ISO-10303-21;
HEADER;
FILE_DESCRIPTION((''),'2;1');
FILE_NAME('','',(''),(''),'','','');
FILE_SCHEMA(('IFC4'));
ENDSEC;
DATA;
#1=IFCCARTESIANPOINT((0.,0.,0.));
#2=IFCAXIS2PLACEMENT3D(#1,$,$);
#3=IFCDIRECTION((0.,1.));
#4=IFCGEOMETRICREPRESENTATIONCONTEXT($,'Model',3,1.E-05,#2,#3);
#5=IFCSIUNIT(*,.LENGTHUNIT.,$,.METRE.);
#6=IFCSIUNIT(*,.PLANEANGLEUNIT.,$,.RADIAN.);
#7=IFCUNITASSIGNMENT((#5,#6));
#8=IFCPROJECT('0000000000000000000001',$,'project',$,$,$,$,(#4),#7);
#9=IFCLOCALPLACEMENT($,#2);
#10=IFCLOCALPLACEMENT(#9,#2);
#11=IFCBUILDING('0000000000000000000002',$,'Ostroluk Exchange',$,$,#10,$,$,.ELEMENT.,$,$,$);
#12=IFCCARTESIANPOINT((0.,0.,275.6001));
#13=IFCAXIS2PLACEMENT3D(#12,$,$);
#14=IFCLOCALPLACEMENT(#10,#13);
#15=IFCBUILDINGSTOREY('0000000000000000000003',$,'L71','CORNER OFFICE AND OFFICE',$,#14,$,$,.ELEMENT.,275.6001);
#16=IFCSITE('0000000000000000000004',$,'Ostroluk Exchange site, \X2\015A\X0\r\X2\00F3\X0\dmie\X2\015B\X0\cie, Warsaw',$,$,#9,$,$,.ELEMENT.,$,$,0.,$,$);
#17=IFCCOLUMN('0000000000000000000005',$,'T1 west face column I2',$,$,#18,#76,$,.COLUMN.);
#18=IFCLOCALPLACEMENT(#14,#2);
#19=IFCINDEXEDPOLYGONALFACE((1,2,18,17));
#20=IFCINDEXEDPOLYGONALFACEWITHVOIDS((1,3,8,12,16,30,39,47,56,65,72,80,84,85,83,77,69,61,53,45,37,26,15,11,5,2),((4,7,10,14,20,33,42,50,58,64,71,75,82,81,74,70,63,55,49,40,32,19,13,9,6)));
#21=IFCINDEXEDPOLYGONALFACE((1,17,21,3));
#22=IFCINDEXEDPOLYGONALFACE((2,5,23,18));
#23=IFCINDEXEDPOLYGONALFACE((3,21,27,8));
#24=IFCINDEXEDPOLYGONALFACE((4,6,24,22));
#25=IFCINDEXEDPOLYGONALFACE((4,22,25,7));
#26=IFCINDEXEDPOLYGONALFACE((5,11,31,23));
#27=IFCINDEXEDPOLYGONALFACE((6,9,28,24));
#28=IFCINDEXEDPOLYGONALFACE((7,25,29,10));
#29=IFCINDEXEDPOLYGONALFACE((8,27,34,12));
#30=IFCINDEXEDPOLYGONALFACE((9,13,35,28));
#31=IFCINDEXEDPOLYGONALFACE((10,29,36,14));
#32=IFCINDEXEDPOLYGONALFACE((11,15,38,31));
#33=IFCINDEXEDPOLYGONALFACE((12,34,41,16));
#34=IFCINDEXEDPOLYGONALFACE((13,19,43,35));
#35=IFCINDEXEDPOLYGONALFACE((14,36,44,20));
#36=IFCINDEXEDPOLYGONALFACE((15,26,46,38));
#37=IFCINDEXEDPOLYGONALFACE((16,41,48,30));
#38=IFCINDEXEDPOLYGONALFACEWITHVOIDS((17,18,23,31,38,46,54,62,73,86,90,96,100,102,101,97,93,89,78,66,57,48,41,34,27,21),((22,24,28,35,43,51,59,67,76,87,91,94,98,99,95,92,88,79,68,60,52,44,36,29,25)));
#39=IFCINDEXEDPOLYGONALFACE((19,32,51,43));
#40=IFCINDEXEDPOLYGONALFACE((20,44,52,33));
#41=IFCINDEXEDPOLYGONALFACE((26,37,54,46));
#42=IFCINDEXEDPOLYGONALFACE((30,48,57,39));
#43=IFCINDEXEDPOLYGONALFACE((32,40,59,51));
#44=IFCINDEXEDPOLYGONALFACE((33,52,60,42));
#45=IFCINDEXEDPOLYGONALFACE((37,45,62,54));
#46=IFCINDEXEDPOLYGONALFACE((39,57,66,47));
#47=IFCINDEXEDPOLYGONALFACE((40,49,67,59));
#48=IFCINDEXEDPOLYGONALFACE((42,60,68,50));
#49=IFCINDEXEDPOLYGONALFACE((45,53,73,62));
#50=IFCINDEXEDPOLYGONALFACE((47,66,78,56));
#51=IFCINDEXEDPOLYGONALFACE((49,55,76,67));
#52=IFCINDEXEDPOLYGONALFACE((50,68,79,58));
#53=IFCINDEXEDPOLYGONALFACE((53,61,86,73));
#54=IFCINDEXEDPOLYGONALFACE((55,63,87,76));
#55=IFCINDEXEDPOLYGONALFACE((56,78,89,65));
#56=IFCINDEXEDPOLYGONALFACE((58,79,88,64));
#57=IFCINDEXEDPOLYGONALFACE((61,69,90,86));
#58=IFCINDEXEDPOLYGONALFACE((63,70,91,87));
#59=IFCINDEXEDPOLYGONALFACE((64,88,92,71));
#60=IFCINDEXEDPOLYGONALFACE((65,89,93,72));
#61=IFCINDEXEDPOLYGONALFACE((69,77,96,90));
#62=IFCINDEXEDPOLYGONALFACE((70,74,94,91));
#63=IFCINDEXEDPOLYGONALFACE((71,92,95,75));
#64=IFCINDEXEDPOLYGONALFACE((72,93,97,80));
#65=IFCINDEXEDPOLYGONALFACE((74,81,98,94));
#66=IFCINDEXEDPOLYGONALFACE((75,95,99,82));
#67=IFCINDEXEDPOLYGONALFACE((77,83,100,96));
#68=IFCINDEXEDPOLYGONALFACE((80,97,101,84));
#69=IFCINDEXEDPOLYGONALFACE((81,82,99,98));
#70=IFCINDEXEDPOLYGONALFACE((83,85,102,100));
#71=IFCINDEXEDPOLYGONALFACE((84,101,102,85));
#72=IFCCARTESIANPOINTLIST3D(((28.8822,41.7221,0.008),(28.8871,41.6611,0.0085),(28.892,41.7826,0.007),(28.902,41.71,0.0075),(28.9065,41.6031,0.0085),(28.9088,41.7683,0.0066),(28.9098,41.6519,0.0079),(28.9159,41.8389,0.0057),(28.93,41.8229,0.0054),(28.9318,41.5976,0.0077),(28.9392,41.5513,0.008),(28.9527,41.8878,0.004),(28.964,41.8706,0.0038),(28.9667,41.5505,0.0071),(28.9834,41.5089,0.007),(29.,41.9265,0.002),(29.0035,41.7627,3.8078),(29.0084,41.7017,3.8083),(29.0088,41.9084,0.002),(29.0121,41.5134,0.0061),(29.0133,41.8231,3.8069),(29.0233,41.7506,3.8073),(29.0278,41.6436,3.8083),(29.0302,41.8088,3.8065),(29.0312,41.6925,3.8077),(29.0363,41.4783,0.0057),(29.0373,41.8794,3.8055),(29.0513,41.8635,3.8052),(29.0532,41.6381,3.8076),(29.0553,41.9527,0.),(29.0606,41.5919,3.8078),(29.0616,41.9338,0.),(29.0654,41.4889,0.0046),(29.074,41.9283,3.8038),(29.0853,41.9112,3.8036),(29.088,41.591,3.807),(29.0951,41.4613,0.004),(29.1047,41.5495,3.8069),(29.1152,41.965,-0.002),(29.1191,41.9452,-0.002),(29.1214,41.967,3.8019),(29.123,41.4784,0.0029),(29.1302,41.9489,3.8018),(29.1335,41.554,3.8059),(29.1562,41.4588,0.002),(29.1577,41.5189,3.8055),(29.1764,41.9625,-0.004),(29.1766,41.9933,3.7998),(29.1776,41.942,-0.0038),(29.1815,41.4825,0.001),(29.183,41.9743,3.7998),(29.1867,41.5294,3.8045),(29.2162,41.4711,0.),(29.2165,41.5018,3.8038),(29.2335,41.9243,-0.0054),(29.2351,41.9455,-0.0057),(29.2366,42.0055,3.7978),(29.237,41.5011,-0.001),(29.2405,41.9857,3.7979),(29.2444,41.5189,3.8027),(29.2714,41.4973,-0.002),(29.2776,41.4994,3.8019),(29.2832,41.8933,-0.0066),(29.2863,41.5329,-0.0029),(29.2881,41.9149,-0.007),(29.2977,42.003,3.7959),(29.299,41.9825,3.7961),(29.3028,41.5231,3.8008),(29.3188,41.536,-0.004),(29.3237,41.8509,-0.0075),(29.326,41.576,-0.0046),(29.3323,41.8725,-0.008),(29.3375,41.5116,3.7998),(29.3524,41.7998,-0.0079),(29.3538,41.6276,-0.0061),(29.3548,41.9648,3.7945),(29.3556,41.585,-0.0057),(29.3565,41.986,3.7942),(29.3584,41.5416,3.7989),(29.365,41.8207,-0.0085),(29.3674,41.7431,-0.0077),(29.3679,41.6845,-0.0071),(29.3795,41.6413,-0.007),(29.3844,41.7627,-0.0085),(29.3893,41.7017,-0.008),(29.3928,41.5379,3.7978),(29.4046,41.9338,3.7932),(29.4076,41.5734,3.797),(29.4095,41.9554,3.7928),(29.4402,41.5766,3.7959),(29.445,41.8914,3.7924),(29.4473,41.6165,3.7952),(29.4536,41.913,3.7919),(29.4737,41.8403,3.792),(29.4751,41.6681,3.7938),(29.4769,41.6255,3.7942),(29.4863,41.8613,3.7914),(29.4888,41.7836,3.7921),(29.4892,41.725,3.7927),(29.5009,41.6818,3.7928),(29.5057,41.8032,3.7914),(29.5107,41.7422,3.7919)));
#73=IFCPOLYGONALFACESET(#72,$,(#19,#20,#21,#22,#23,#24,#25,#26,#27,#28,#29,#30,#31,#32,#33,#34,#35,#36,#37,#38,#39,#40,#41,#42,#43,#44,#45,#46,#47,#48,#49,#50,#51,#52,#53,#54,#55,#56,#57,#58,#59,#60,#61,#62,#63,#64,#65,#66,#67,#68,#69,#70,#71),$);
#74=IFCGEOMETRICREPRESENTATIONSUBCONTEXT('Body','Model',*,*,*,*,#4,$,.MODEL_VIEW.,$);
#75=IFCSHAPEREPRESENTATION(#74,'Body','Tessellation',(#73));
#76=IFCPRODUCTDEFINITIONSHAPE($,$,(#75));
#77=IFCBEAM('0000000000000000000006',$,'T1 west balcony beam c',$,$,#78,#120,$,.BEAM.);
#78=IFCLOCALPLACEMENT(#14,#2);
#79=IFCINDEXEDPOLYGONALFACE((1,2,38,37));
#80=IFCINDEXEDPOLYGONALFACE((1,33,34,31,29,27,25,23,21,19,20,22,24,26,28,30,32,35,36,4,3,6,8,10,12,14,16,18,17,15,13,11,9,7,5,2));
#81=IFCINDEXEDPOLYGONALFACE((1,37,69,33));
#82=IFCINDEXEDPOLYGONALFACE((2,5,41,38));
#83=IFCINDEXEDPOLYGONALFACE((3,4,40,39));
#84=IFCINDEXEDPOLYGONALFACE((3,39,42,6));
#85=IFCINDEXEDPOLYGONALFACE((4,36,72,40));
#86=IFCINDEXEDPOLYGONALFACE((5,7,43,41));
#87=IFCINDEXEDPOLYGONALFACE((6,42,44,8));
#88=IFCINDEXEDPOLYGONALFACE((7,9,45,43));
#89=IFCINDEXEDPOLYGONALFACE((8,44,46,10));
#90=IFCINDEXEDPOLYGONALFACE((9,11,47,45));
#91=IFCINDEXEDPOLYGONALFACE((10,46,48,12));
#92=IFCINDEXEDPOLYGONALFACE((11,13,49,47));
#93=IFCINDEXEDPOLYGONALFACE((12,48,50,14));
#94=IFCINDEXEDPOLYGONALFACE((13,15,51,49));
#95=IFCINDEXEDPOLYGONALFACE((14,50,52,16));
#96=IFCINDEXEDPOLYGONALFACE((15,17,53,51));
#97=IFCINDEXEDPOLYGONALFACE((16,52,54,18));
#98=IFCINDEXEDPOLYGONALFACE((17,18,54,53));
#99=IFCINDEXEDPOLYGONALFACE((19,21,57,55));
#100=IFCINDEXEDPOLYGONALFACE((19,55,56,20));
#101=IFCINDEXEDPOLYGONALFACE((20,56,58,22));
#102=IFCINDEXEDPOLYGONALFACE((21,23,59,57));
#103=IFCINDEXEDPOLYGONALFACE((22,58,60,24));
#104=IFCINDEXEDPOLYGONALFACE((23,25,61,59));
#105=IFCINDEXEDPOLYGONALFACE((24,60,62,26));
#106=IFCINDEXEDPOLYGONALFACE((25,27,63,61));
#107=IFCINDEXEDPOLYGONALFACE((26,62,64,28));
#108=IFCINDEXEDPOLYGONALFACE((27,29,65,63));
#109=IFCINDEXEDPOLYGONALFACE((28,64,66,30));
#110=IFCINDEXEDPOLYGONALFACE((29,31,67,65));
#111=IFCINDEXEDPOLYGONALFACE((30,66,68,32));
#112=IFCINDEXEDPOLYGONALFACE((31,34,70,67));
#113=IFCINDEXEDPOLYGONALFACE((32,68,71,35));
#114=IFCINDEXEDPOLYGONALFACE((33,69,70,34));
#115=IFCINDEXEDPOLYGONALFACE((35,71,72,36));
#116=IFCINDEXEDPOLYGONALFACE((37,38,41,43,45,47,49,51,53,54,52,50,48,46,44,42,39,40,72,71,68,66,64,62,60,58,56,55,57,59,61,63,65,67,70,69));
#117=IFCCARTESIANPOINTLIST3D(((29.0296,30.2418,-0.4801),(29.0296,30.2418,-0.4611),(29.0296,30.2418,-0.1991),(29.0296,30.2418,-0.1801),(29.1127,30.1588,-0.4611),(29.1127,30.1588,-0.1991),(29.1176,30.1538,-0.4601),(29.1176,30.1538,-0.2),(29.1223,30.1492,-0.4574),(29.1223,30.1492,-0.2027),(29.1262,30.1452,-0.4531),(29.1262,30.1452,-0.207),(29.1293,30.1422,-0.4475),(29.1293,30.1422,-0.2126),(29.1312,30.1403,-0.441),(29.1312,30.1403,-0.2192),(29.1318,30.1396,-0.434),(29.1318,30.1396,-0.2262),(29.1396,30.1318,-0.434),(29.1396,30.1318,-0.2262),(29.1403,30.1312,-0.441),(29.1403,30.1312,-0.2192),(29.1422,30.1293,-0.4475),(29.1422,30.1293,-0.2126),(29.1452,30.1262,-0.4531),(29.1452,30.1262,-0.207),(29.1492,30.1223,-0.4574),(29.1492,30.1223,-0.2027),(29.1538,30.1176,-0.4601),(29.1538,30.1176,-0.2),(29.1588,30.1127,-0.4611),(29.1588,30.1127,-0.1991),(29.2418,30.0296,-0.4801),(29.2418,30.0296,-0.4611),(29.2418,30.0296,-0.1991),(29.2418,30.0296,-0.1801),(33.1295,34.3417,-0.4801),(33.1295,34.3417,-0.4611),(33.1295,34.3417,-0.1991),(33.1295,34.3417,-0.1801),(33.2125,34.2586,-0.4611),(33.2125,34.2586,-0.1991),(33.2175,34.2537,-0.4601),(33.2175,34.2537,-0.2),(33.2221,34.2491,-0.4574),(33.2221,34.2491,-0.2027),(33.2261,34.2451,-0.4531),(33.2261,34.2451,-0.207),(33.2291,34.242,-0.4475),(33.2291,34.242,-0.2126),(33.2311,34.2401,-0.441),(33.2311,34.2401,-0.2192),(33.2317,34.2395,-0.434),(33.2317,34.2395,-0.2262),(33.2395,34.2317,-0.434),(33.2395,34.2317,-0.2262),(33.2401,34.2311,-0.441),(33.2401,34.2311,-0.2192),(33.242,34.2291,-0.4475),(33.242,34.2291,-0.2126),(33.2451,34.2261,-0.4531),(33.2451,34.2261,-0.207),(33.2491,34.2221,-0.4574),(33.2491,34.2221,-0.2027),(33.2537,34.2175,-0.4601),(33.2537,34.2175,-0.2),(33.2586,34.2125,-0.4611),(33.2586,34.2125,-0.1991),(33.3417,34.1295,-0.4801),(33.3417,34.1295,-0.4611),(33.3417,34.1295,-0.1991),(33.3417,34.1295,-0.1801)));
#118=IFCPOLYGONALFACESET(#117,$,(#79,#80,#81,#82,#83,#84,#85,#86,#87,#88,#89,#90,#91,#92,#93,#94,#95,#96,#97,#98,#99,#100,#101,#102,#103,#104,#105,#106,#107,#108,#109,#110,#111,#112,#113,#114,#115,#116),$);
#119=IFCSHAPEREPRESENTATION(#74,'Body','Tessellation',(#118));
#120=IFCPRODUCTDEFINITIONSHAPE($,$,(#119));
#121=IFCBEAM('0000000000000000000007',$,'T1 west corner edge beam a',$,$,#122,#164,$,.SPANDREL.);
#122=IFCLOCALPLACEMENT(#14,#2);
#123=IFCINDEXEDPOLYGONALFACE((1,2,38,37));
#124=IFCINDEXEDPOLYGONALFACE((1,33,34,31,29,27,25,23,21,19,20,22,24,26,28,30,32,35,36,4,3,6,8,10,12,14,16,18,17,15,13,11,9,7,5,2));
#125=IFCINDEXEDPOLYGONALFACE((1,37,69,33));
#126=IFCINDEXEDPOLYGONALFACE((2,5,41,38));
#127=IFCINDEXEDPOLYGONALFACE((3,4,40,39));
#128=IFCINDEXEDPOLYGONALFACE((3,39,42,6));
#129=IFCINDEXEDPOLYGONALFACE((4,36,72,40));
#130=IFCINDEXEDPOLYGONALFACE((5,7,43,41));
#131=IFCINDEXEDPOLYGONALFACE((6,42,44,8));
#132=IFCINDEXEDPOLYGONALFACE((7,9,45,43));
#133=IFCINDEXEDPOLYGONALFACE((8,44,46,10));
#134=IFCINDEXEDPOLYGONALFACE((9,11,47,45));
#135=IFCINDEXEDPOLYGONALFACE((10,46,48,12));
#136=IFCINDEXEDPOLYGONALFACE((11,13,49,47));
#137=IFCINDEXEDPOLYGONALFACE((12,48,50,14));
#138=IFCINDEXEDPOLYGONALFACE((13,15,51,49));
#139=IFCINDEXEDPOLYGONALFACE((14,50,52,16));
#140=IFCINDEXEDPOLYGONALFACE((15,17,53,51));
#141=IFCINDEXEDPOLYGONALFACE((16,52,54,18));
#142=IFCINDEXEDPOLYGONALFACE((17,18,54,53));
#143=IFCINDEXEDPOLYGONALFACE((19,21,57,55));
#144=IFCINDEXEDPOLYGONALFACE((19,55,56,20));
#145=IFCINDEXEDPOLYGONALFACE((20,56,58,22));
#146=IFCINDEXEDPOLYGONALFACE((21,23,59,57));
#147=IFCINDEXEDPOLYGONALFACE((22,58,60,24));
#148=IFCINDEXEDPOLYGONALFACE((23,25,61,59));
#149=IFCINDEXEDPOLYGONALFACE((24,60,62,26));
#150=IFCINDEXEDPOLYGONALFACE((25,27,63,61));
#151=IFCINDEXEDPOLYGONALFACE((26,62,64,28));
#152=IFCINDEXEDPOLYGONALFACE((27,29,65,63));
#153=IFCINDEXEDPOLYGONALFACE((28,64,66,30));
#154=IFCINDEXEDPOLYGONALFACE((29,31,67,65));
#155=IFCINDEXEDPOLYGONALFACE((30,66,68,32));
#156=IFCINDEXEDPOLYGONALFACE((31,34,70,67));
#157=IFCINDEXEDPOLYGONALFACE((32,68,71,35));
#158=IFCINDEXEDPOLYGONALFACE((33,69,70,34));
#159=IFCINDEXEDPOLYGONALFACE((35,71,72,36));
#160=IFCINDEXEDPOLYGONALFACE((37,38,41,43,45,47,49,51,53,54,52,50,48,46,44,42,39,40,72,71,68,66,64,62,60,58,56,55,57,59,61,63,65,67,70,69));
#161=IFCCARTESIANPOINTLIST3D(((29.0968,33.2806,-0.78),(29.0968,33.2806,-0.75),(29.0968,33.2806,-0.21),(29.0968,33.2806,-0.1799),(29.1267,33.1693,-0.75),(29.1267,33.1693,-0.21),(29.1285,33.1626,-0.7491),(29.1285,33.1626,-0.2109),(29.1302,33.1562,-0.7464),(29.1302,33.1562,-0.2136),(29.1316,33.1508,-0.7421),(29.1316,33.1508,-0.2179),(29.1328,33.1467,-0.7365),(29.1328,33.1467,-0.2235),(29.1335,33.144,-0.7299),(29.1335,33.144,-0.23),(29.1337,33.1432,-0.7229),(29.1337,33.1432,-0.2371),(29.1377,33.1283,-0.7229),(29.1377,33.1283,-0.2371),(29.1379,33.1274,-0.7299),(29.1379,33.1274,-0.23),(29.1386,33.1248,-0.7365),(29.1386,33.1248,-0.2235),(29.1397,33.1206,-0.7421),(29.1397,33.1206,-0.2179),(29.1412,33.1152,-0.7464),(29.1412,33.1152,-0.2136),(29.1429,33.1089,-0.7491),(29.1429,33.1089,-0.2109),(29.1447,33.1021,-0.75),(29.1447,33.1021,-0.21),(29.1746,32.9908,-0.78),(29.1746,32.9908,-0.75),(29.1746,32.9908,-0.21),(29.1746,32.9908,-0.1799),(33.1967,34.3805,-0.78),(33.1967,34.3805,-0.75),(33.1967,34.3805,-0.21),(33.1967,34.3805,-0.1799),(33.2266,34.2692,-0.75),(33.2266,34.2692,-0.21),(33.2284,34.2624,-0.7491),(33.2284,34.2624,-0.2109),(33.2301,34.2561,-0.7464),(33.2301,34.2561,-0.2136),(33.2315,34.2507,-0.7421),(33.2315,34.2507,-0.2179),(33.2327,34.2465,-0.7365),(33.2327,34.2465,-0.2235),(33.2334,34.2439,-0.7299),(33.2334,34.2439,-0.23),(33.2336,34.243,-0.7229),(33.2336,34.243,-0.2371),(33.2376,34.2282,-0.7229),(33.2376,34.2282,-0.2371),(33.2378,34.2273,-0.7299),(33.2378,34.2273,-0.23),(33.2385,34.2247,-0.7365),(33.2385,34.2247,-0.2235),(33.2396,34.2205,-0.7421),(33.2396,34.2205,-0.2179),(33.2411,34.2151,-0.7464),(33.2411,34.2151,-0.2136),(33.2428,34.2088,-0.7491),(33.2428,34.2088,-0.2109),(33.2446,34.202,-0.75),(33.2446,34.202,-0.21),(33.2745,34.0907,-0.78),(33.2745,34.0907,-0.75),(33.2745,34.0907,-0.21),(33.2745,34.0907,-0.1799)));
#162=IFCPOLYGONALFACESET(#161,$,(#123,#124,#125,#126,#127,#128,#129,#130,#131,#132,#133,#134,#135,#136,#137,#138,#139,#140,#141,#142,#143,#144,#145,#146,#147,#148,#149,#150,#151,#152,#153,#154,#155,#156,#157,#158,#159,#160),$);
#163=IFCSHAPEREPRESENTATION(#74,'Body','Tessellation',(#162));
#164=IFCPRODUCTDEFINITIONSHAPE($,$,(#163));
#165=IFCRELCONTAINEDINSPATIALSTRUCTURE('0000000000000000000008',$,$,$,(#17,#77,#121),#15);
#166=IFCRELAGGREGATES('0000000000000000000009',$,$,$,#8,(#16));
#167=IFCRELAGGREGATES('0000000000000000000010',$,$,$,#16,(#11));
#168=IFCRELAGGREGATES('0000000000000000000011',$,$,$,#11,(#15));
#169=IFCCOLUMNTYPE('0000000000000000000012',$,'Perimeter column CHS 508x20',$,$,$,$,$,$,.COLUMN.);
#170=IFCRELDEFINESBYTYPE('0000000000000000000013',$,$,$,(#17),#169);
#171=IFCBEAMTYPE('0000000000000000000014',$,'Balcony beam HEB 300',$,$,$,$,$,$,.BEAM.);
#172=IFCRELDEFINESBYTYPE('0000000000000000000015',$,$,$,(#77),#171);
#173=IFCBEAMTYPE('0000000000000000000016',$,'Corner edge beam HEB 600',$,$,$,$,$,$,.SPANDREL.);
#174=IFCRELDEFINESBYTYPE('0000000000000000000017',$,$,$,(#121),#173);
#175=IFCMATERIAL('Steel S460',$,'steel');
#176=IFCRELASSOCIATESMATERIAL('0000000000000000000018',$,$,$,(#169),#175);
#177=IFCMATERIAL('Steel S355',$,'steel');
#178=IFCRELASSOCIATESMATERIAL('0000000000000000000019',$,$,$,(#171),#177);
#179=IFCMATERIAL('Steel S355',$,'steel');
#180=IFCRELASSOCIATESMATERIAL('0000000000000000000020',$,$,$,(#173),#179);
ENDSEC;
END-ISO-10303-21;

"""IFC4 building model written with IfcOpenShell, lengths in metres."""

from ifc_helpers import new_model, si_unit, direction, frame, origin, origin_2d, place, context, subcontext, project, spatial, hollow_circle, i_section, extrude, material, material_profile, profile_set, type_object, element, save


model = new_model("IFC4")

# Units and contexts
model_context = context("Model", 3, precision=1e-05, world=origin(), true_north=direction((0.0, 1.0)))
body_context = subcontext(model_context, "Body", "Model", "MODEL_VIEW")
ifc_project = project(units=[si_unit("LENGTHUNIT", "METRE"), si_unit("PLANEANGLEUNIT", "RADIAN")], contexts=[model_context])

# Site, building, storey
site_placement = place(None, origin())
site = spatial("IfcSite", under=ifc_project, at=site_placement, Name="Ostroluk Exchange site, Śródmieście, Warsaw", CompositionType="ELEMENT", RefElevation=0.0)
building_placement = place(site_placement, origin())
building = spatial("IfcBuilding", under=site, at=building_placement, Name="Ostroluk Exchange", CompositionType="ELEMENT")
storey_placement = place(building_placement, frame((0.0, 0.0, 275.6001)))
storey = spatial("IfcBuildingStorey", under=building, at=storey_placement, Name="L71", Description="CORNER OFFICE AND OFFICE", CompositionType="ELEMENT", Elevation=275.6001)

# Column
ifc_material_1 = material(Name="Steel S460", Category="steel")
ifc_material_profile_1 = material_profile(ifc_material_1, hollow_circle(Radius=0.2539, WallThickness=0.02, at=origin_2d()), Name="CHS 508x20")
ifc_profile_set_1 = profile_set([ifc_material_profile_1], Name="Steel S460")
column_type = type_object("IfcColumnType", Name="Perimeter column CHS 508x20", PredefinedType="COLUMN", material=ifc_profile_set_1)
column_placement = place(storey_placement, frame((29.1357, 41.7119, 0.0), z_axis=(0.031915, 0.01066, 0.999434), x_axis=(-0.3168, 0.948492, 0.0)))
element("IfcColumn", 1, at=column_placement, inside=storey, type_object=column_type, Name="T1 west face column I2", PredefinedType="COLUMN", context=body_context, shape_type="SweptSolid", body=[
    extrude(hollow_circle(Radius=0.2539, WallThickness=0.02, at=origin_2d()), origin(), (0.0, 0.0, 1.0), 3.802),
])

# Beams
ifc_material_2 = material(Name="Steel S355", Category="steel")
ifc_material_profile_2 = material_profile(ifc_material_2, i_section(OverallWidth=0.3, OverallDepth=0.3, WebThickness=0.011, FlangeThickness=0.019, FilletRadius=0.0271, at=origin_2d()), Name="HEB 300")
ifc_profile_set_2 = profile_set([ifc_material_profile_2], Name="Steel S355")
beam_type_1 = type_object("IfcBeamType", Name="Balcony beam HEB 300", PredefinedType="BEAM", material=ifc_profile_set_2)
beam_1_placement = place(storey_placement, frame((33.2356, 34.2356, -0.3301), z_axis=(-0.707107, -0.707107, 0.0), x_axis=(0.707107, -0.707107, 0.0)))
element("IfcBeam", 2, at=beam_1_placement, inside=storey, type_object=beam_type_1, Name="T1 west balcony beam c", PredefinedType="BEAM", context=body_context, shape_type="SweptSolid", body=[
    extrude(i_section(OverallWidth=0.3, OverallDepth=0.3, WebThickness=0.011, FlangeThickness=0.019, FilletRadius=0.0271, at=origin_2d()), origin(), (0.0, 0.0, 1.0), 5.7981),
])
ifc_material_3 = material(Name="Steel S355", Category="steel")
ifc_material_profile_3 = material_profile(ifc_material_3, i_section(OverallWidth=0.3, OverallDepth=0.6001, WebThickness=0.0154, FlangeThickness=0.03, FilletRadius=0.0271, at=origin_2d()), Name="HEB 600")
ifc_profile_set_3 = profile_set([ifc_material_profile_3], Name="Steel S355")
beam_type_2 = type_object("IfcBeamType", Name="Corner edge beam HEB 600", PredefinedType="SPANDREL", material=ifc_profile_set_3)
for number, where, z_axis, x_axis, name in (
    (3, (33.2356, 34.2356, -0.48), (-0.965849, -0.259105, 0.0), (0.259105, -0.965849, 0.0), "T1 west corner edge beam a"),
):
    element("IfcBeam", number, at=place(storey_placement, frame(where, z_axis=z_axis, x_axis=x_axis)), inside=storey, type_object=beam_type_2, Name=name, PredefinedType="SPANDREL", context=body_context, shape_type="SweptSolid", body=[
        extrude(i_section(OverallWidth=0.3, OverallDepth=0.6001, WebThickness=0.0154, FlangeThickness=0.03, FilletRadius=0.0271, at=origin_2d()), origin(), (0.0, 0.0, 1.0), 4.2449),
    ])

save(model, "model.ifc")
